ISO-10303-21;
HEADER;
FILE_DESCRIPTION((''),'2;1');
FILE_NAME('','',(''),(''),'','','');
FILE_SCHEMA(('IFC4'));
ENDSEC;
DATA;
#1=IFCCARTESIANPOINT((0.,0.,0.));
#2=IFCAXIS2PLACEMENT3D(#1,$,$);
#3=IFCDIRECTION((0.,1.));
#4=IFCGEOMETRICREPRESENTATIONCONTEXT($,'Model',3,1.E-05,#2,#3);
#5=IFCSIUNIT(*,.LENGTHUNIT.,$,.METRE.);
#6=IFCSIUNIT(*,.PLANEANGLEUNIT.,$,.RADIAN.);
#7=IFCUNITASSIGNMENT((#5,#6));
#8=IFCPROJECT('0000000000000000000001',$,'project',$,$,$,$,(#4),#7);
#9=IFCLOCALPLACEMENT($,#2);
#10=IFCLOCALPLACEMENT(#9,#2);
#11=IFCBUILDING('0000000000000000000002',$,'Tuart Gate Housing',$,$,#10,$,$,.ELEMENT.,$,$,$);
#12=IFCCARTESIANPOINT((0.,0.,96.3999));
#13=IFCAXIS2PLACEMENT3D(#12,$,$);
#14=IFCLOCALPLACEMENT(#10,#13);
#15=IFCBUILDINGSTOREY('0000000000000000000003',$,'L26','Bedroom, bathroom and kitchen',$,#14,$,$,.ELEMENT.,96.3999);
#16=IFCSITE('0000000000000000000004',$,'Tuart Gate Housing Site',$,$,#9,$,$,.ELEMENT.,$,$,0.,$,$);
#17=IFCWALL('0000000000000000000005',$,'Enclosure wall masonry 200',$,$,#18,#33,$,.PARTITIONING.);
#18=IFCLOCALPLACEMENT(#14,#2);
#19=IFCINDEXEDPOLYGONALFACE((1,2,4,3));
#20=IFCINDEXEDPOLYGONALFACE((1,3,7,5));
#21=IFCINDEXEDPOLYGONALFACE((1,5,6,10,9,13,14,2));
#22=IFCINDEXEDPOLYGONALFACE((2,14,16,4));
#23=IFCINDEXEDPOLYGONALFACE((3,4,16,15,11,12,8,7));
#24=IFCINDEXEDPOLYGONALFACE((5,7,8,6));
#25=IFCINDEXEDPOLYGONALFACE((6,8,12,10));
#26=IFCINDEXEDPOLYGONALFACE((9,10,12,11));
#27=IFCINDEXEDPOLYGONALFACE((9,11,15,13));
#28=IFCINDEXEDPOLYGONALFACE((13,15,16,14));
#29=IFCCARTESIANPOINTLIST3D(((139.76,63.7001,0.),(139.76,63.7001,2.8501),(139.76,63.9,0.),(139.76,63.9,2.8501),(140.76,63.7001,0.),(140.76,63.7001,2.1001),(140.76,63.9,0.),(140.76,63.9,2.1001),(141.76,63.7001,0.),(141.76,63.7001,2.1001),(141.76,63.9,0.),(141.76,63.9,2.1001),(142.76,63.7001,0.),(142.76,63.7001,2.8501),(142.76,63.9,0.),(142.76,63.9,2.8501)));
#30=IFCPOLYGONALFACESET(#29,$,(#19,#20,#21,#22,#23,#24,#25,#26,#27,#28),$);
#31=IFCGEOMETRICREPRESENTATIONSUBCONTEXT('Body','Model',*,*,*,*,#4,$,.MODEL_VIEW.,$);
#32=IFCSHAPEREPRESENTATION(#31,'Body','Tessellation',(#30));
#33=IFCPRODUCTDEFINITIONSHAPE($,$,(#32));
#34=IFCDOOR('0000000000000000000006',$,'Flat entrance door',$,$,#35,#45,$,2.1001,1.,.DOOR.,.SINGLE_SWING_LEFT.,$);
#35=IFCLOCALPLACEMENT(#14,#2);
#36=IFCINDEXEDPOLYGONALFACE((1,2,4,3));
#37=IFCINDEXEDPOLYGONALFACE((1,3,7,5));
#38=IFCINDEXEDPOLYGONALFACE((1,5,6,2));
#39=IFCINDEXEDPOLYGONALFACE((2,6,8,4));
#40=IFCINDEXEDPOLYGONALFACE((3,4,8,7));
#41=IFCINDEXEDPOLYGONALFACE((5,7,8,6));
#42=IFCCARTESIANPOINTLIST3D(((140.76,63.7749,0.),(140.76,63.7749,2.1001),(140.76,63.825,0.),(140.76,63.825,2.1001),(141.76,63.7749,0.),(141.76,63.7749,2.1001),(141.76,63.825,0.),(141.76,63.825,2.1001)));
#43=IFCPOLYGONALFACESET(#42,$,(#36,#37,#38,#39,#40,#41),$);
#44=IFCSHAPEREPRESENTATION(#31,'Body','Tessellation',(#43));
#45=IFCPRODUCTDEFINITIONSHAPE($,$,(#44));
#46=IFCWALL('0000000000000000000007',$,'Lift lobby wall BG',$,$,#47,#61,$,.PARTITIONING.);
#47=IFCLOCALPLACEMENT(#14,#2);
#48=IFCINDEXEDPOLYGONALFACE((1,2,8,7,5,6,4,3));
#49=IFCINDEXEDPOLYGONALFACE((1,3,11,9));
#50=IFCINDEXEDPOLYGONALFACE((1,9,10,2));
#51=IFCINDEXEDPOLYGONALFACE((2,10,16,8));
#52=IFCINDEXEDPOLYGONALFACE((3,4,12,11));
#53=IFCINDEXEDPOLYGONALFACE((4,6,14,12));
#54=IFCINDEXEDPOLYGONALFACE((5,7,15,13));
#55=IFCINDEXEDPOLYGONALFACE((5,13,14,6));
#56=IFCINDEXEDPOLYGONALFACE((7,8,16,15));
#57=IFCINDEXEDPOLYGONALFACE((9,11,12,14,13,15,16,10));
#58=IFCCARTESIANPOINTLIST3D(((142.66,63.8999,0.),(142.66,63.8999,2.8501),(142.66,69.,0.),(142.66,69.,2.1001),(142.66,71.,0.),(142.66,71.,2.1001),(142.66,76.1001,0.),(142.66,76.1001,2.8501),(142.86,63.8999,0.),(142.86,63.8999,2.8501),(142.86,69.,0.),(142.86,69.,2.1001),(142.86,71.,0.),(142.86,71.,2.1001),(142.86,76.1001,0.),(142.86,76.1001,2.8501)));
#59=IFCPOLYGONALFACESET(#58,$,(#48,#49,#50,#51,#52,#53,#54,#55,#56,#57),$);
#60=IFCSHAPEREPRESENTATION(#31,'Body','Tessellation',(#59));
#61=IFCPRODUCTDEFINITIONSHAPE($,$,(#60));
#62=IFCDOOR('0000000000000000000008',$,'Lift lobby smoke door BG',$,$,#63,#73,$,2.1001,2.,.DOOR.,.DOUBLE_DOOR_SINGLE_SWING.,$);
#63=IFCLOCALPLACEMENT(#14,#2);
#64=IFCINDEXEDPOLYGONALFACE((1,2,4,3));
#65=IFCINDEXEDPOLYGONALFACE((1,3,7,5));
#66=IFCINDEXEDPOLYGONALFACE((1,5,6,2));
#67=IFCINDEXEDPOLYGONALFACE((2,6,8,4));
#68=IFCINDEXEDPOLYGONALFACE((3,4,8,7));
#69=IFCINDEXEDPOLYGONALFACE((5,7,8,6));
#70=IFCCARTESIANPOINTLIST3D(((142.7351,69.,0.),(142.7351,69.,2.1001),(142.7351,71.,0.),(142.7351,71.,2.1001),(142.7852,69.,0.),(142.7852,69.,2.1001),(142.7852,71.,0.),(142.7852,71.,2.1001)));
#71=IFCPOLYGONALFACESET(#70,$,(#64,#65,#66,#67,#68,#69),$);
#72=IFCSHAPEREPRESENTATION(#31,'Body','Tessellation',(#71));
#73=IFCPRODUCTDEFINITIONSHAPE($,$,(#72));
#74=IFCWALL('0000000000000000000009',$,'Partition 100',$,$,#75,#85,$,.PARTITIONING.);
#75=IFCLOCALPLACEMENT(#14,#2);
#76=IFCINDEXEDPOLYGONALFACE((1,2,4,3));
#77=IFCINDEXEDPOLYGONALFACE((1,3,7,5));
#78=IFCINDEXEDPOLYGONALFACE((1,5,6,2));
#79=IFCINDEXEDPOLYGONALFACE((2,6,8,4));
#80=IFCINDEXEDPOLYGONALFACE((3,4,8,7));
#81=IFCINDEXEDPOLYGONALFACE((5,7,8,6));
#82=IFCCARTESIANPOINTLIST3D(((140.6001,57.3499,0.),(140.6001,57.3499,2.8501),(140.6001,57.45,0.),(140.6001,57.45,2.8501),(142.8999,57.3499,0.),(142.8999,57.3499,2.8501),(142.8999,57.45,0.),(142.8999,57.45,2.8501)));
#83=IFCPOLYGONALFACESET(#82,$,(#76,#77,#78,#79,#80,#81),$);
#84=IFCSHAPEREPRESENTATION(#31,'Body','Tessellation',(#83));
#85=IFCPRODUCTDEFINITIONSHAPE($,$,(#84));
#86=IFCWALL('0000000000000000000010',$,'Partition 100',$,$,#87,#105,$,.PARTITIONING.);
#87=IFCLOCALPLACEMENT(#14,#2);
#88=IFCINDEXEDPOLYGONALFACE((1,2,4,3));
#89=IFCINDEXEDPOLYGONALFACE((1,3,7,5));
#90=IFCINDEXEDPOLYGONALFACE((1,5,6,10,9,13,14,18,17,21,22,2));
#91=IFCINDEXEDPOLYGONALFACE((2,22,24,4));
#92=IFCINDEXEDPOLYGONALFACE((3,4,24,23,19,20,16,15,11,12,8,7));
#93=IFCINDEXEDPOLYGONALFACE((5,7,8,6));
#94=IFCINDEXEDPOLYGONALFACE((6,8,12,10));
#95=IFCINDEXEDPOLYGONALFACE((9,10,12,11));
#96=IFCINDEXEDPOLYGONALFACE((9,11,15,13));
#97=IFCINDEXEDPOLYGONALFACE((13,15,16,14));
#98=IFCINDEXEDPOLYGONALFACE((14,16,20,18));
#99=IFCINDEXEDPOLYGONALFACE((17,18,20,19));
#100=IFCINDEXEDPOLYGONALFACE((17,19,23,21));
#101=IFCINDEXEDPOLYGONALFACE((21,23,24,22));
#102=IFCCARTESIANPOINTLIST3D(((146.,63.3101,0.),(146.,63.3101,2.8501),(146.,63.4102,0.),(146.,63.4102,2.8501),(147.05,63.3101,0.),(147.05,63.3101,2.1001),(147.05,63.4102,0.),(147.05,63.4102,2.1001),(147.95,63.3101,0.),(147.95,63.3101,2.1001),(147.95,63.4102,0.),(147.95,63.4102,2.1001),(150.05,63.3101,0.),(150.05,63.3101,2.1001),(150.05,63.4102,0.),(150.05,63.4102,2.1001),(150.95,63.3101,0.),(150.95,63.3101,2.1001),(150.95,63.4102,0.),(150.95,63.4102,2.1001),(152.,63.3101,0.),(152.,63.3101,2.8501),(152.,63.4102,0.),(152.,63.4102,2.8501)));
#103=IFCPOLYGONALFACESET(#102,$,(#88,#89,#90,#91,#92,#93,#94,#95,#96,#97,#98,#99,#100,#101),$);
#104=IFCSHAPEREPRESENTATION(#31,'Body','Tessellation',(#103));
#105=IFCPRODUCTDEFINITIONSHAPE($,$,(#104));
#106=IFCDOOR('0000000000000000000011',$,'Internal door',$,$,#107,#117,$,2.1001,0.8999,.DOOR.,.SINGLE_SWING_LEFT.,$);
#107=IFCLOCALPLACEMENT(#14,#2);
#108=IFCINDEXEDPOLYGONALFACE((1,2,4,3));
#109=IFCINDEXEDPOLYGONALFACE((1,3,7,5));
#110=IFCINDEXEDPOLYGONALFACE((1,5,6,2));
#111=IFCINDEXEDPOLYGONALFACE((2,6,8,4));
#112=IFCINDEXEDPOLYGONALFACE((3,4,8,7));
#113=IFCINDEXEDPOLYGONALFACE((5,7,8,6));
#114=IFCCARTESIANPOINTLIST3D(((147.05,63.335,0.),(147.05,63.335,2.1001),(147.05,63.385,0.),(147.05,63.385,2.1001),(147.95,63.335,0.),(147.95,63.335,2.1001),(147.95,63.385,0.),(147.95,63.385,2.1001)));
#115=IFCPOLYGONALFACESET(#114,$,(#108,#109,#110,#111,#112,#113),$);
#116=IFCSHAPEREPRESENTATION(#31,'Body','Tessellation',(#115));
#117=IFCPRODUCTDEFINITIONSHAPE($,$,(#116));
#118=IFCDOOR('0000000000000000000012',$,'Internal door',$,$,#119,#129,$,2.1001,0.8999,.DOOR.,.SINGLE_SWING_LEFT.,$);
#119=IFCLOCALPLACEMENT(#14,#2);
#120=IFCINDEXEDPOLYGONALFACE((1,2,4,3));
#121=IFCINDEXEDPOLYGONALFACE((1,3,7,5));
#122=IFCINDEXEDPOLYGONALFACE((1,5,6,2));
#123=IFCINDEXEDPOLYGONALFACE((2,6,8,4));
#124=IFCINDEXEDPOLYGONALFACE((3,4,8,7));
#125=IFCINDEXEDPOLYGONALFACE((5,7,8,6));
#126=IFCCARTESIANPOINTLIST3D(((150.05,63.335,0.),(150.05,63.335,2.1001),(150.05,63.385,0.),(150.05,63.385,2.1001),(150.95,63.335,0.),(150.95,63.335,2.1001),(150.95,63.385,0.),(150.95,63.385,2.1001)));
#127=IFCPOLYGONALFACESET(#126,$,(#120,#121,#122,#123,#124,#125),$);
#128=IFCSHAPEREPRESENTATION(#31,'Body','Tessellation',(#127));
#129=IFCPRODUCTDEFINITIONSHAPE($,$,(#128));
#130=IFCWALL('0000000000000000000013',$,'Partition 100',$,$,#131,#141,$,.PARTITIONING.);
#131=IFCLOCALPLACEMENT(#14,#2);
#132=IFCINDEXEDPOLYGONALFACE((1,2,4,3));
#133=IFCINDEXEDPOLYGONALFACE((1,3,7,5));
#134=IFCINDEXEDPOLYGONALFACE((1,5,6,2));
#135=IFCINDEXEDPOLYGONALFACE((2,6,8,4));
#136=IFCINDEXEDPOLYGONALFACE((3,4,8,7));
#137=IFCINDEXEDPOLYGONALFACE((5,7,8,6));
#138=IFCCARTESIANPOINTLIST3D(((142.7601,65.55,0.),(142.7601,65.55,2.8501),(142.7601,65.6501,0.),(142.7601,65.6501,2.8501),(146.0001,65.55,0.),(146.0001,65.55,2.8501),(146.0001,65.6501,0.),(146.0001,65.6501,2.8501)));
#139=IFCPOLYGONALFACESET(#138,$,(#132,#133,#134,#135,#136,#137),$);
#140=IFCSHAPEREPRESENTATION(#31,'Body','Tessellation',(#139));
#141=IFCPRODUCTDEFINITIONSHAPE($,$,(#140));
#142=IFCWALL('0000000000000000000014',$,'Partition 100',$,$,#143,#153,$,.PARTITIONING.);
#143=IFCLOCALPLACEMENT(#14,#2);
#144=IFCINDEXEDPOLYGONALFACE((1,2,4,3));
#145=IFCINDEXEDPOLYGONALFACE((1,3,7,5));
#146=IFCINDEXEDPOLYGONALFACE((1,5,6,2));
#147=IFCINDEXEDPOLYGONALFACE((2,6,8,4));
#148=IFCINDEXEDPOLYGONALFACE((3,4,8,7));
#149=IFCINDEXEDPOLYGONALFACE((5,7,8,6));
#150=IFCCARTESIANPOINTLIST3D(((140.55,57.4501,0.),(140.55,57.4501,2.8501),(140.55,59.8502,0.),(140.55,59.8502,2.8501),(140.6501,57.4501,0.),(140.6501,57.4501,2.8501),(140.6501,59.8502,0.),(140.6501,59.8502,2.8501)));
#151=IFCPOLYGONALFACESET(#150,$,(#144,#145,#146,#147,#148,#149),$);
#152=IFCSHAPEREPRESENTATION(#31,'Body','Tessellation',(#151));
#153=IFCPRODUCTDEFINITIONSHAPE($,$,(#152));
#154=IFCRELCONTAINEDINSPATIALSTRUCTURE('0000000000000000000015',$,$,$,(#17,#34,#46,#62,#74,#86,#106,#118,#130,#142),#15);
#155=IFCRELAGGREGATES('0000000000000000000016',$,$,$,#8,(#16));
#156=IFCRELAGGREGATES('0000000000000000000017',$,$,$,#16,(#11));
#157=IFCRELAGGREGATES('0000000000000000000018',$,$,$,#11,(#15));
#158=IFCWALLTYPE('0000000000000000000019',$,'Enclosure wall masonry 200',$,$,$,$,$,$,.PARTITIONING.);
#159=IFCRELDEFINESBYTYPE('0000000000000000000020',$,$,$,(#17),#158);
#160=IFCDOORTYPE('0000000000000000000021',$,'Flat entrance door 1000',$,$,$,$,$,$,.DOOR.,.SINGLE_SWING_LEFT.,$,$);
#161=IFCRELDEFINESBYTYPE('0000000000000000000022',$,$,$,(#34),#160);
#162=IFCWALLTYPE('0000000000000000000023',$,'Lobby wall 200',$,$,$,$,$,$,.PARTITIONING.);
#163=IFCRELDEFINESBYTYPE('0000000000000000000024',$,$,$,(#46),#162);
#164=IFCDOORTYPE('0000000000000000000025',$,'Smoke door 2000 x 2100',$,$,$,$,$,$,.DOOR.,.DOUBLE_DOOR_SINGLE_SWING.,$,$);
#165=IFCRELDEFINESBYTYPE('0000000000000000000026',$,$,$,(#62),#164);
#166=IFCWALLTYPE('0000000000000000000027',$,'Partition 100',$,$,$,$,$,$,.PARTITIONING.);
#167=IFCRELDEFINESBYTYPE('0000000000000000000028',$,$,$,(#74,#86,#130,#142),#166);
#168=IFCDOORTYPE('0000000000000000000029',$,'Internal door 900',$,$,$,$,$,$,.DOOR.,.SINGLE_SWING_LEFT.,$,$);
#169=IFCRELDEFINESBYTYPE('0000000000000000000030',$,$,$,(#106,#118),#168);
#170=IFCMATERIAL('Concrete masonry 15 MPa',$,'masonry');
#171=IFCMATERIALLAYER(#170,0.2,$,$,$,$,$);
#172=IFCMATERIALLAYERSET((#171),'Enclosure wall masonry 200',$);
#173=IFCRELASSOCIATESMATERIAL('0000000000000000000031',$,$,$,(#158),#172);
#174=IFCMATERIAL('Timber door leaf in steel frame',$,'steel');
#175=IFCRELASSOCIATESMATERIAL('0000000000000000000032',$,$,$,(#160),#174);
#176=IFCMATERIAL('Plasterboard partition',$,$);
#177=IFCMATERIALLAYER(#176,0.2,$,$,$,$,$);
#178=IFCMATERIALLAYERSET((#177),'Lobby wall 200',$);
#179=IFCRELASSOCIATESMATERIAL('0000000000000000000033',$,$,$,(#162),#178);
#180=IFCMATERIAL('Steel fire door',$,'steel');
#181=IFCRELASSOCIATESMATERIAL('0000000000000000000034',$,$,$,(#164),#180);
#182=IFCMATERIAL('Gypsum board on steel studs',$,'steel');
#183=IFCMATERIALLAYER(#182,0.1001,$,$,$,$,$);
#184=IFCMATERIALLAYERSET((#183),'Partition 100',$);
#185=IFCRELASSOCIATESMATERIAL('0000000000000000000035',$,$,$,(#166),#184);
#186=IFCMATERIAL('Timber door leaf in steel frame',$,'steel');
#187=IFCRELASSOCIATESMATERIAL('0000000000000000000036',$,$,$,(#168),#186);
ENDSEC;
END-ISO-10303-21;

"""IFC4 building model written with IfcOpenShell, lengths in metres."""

from ifc_helpers import new_model, si_unit, direction, frame, frame_2d, origin, place, context, subcontext, project, spatial, rectangle, extrude, material, layer, layer_set, type_object, element, fill, save


model = new_model("IFC4")

# Units and contexts
model_context = context("Model", 3, precision=1e-05, world=origin(), true_north=direction((0.0, 1.0)))
body_context = subcontext(model_context, "Body", "Model", "MODEL_VIEW")
ifc_project = project(units=[si_unit("LENGTHUNIT", "METRE"), si_unit("PLANEANGLEUNIT", "RADIAN")], contexts=[model_context])

# Site, building, storey
site_placement = place(None, origin())
site = spatial("IfcSite", under=ifc_project, at=site_placement, Name="Tuart Gate Housing Site", CompositionType="ELEMENT", RefElevation=0.0)
building_placement = place(site_placement, origin())
building = spatial("IfcBuilding", under=site, at=building_placement, Name="Tuart Gate Housing", CompositionType="ELEMENT")
storey_placement = place(building_placement, frame((0.0, 0.0, 96.3999)))
storey = spatial("IfcBuildingStorey", under=building, at=storey_placement, Name="L26", Description="Bedroom, bathroom and kitchen", CompositionType="ELEMENT", Elevation=96.3999)

# Walls, openings, doors
ifc_material_1 = material(Name="Concrete masonry 15 MPa", Category="masonry")
ifc_layer_1 = layer(ifc_material_1, 0.2)
ifc_layer_set_1 = layer_set([ifc_layer_1], Name="Enclosure wall masonry 200")
wall_type_1 = type_object("IfcWallType", Name="Enclosure wall masonry 200", PredefinedType="PARTITIONING", material=ifc_layer_set_1)
wall_1_placement = place(storey_placement, frame((139.76, 63.8, 0.0), z_axis=(0.0, 0.0, 1.0), x_axis=(1.0, 0.0, 0.0)))
wall_1 = element("IfcWall", 1, at=wall_1_placement, inside=storey, type_object=wall_type_1, Name="Enclosure wall masonry 200", PredefinedType="PARTITIONING", context=body_context, shape_type="SweptSolid", body=[
    extrude(rectangle(XDim=3.0, YDim=0.2, at=frame_2d((1.5, 0.0))), origin(), (0.0, 0.0, 1.0), 2.8501),
])
opening_1_placement = place(wall_1_placement, frame((1.0, 0.0, 0.0)))
opening_1 = element("IfcOpeningElement", 2, at=opening_1_placement, cuts=wall_1, PredefinedType="OPENING", context=body_context, shape_type="SweptSolid", body=[
    extrude(rectangle(XDim=1.0, YDim=2.1001, at=frame_2d((0.5, 1.05))), frame((0.0, 0.1099, 0.0), z_axis=(0.0, -1.0, 0.0), x_axis=(1.0, 0.0, 0.0)), (0.0, 0.0, 1.0), 0.22),
])
ifc_material_2 = material(Name="Timber door leaf in steel frame", Category="steel")
door_type_1 = type_object("IfcDoorType", Name="Flat entrance door 1000", OperationType="SINGLE_SWING_LEFT", PredefinedType="DOOR", material=ifc_material_2)
door_1_placement = place(opening_1_placement, frame((1.0, 0.0, 0.0), z_axis=(0.0, 0.0, 1.0), x_axis=(-1.0, 0.0, 0.0)))
door_1 = element("IfcDoor", 3, at=door_1_placement, inside=storey, type_object=door_type_1, Name="Flat entrance door", OperationType="SINGLE_SWING_LEFT", OverallHeight=2.1001, OverallWidth=1.0, PredefinedType="DOOR", context=body_context, shape_type="SweptSolid", body=[
    extrude(rectangle(XDim=1.0, YDim=2.1001, at=frame_2d((0.5, 1.05))), frame((0.0, 0.0251, 0.0), z_axis=(0.0, -1.0, 0.0), x_axis=(1.0, 0.0, 0.0)), (0.0, 0.0, 1.0), 0.05),
])
fill(opening_1, door_1)
ifc_material_3 = material(Name="Plasterboard partition")
ifc_layer_2 = layer(ifc_material_3, 0.2)
ifc_layer_set_2 = layer_set([ifc_layer_2], Name="Lobby wall 200")
wall_type_2 = type_object("IfcWallType", Name="Lobby wall 200", PredefinedType="PARTITIONING", material=ifc_layer_set_2)
wall_2_placement = place(storey_placement, frame((142.76, 63.8999, 0.0), z_axis=(0.0, 0.0, 1.0), x_axis=(0.0, 1.0, 0.0)))
wall_2 = element("IfcWall", 4, at=wall_2_placement, inside=storey, type_object=wall_type_2, Name="Lift lobby wall BG", PredefinedType="PARTITIONING", context=body_context, shape_type="SweptSolid", body=[
    extrude(rectangle(XDim=12.2002, YDim=0.2, at=frame_2d((6.1001, 0.0))), origin(), (0.0, 0.0, 1.0), 2.8501),
])
opening_2_placement = place(wall_2_placement, frame((5.1001, 0.0, 0.0)))
opening_2 = element("IfcOpeningElement", 5, at=opening_2_placement, cuts=wall_2, PredefinedType="OPENING", context=body_context, shape_type="SweptSolid", body=[
    extrude(rectangle(XDim=2.0, YDim=2.1001, at=frame_2d((1.0, 1.05))), frame((0.0, 0.1099, 0.0), z_axis=(0.0, -1.0, 0.0), x_axis=(1.0, 0.0, 0.0)), (0.0, 0.0, 1.0), 0.22),
])
ifc_material_4 = material(Name="Steel fire door", Category="steel")
door_type_2 = type_object("IfcDoorType", Name="Smoke door 2000 x 2100", OperationType="DOUBLE_DOOR_SINGLE_SWING", PredefinedType="DOOR", material=ifc_material_4)
door_2_placement = place(opening_2_placement, origin())
door_2 = element("IfcDoor", 6, at=door_2_placement, inside=storey, type_object=door_type_2, Name="Lift lobby smoke door BG", OperationType="DOUBLE_DOOR_SINGLE_SWING", OverallHeight=2.1001, OverallWidth=2.0, PredefinedType="DOOR", context=body_context, shape_type="SweptSolid", body=[
    extrude(rectangle(XDim=2.0, YDim=2.1001, at=frame_2d((1.0, 1.05))), frame((0.0, 0.0249, 0.0), z_axis=(0.0, -1.0, 0.0), x_axis=(1.0, 0.0, 0.0)), (0.0, 0.0, 1.0), 0.05),
])
fill(opening_2, door_2)

# Wall
ifc_material_5 = material(Name="Gypsum board on steel studs", Category="steel")
ifc_layer_3 = layer(ifc_material_5, 0.1001)
ifc_layer_set_3 = layer_set([ifc_layer_3], Name="Partition 100")
wall_type_3 = type_object("IfcWallType", Name="Partition 100", PredefinedType="PARTITIONING", material=ifc_layer_set_3)
wall_3_placement = place(storey_placement, frame((140.6001, 57.3999, 0.0), z_axis=(0.0, 0.0, 1.0), x_axis=(1.0, 0.0, 0.0)))
element("IfcWall", 7, at=wall_3_placement, inside=storey, type_object=wall_type_3, Name="Partition 100", PredefinedType="PARTITIONING", context=body_context, shape_type="SweptSolid", body=[
    extrude(rectangle(XDim=2.2998, YDim=0.1001, at=frame_2d((1.1499, 0.0))), origin(), (0.0, 0.0, 1.0), 2.8501),
])

# Wall, openings, doors
wall_4_placement = place(storey_placement, frame((146.0, 63.3601, 0.0), z_axis=(0.0, 0.0, 1.0), x_axis=(1.0, 0.0, 0.0)))
wall_4 = element("IfcWall", 8, at=wall_4_placement, inside=storey, type_object=wall_type_3, Name="Partition 100", PredefinedType="PARTITIONING", context=body_context, shape_type="SweptSolid", body=[
    extrude(rectangle(XDim=6.0, YDim=0.1001, at=frame_2d((3.0, 0.0))), origin(), (0.0, 0.0, 1.0), 2.8501),
])
opening_3_placement = place(wall_4_placement, frame((1.05, 0.0, 0.0)))
opening_3 = element("IfcOpeningElement", 9, at=opening_3_placement, cuts=wall_4, PredefinedType="OPENING", context=body_context, shape_type="SweptSolid", body=[
    extrude(rectangle(XDim=0.8999, YDim=2.1001, at=frame_2d((0.45, 1.05))), frame((0.0, 0.0601, 0.0), z_axis=(0.0, -1.0, 0.0), x_axis=(1.0, 0.0, 0.0)), (0.0, 0.0, 1.0), 0.1201),
])
opening_4_placement = place(wall_4_placement, frame((4.05, 0.0, 0.0)))
opening_4 = element("IfcOpeningElement", 10, at=opening_4_placement, cuts=wall_4, PredefinedType="OPENING", context=body_context, shape_type="SweptSolid", body=[
    extrude(rectangle(XDim=0.8999, YDim=2.1001, at=frame_2d((0.45, 1.05))), frame((0.0, 0.0601, 0.0), z_axis=(0.0, -1.0, 0.0), x_axis=(1.0, 0.0, 0.0)), (0.0, 0.0, 1.0), 0.1201),
])
ifc_material_6 = material(Name="Timber door leaf in steel frame", Category="steel")
door_type_3 = type_object("IfcDoorType", Name="Internal door 900", OperationType="SINGLE_SWING_LEFT", PredefinedType="DOOR", material=ifc_material_6)
door_3_placement = place(opening_3_placement, origin())
door_3 = element("IfcDoor", 11, at=door_3_placement, inside=storey, type_object=door_type_3, Name="Internal door", OperationType="SINGLE_SWING_LEFT", OverallHeight=2.1001, OverallWidth=0.8999, PredefinedType="DOOR", context=body_context, shape_type="SweptSolid", body=[
    extrude(rectangle(XDim=0.8999, YDim=2.1001, at=frame_2d((0.45, 1.05))), frame((0.0, 0.0249, 0.0), z_axis=(0.0, -1.0, 0.0), x_axis=(1.0, 0.0, 0.0)), (0.0, 0.0, 1.0), 0.05),
])
fill(opening_3, door_3)
door_4_placement = place(opening_4_placement, origin())
door_4 = element("IfcDoor", 12, at=door_4_placement, inside=storey, type_object=door_type_3, Name="Internal door", OperationType="SINGLE_SWING_LEFT", OverallHeight=2.1001, OverallWidth=0.8999, PredefinedType="DOOR", context=body_context, shape_type="SweptSolid", body=[
    extrude(rectangle(XDim=0.8999, YDim=2.1001, at=frame_2d((0.45, 1.05))), frame((0.0, 0.0249, 0.0), z_axis=(0.0, -1.0, 0.0), x_axis=(1.0, 0.0, 0.0)), (0.0, 0.0, 1.0), 0.05),
])
fill(opening_4, door_4)

# Walls
wall_5_placement = place(storey_placement, frame((142.76, 65.6001, 0.0), z_axis=(0.0, 0.0, 1.0), x_axis=(1.0, 0.0, 0.0)))
element("IfcWall", 13, at=wall_5_placement, inside=storey, type_object=wall_type_3, Name="Partition 100", PredefinedType="PARTITIONING", context=body_context, shape_type="SweptSolid", body=[
    extrude(rectangle(XDim=3.24, YDim=0.1001, at=frame_2d((1.6201, 0.0))), origin(), (0.0, 0.0, 1.0), 2.8501),
])
wall_6_placement = place(storey_placement, frame((140.6001, 57.45, 0.0), z_axis=(0.0, 0.0, 1.0), x_axis=(0.0, 1.0, 0.0)))
element("IfcWall", 14, at=wall_6_placement, inside=storey, type_object=wall_type_3, Name="Partition 100", PredefinedType="PARTITIONING", context=body_context, shape_type="SweptSolid", body=[
    extrude(rectangle(XDim=2.4001, YDim=0.1001, at=frame_2d((1.2002, 0.0))), origin(), (0.0, 0.0, 1.0), 2.8501),
])

save(model, "model.ifc")
